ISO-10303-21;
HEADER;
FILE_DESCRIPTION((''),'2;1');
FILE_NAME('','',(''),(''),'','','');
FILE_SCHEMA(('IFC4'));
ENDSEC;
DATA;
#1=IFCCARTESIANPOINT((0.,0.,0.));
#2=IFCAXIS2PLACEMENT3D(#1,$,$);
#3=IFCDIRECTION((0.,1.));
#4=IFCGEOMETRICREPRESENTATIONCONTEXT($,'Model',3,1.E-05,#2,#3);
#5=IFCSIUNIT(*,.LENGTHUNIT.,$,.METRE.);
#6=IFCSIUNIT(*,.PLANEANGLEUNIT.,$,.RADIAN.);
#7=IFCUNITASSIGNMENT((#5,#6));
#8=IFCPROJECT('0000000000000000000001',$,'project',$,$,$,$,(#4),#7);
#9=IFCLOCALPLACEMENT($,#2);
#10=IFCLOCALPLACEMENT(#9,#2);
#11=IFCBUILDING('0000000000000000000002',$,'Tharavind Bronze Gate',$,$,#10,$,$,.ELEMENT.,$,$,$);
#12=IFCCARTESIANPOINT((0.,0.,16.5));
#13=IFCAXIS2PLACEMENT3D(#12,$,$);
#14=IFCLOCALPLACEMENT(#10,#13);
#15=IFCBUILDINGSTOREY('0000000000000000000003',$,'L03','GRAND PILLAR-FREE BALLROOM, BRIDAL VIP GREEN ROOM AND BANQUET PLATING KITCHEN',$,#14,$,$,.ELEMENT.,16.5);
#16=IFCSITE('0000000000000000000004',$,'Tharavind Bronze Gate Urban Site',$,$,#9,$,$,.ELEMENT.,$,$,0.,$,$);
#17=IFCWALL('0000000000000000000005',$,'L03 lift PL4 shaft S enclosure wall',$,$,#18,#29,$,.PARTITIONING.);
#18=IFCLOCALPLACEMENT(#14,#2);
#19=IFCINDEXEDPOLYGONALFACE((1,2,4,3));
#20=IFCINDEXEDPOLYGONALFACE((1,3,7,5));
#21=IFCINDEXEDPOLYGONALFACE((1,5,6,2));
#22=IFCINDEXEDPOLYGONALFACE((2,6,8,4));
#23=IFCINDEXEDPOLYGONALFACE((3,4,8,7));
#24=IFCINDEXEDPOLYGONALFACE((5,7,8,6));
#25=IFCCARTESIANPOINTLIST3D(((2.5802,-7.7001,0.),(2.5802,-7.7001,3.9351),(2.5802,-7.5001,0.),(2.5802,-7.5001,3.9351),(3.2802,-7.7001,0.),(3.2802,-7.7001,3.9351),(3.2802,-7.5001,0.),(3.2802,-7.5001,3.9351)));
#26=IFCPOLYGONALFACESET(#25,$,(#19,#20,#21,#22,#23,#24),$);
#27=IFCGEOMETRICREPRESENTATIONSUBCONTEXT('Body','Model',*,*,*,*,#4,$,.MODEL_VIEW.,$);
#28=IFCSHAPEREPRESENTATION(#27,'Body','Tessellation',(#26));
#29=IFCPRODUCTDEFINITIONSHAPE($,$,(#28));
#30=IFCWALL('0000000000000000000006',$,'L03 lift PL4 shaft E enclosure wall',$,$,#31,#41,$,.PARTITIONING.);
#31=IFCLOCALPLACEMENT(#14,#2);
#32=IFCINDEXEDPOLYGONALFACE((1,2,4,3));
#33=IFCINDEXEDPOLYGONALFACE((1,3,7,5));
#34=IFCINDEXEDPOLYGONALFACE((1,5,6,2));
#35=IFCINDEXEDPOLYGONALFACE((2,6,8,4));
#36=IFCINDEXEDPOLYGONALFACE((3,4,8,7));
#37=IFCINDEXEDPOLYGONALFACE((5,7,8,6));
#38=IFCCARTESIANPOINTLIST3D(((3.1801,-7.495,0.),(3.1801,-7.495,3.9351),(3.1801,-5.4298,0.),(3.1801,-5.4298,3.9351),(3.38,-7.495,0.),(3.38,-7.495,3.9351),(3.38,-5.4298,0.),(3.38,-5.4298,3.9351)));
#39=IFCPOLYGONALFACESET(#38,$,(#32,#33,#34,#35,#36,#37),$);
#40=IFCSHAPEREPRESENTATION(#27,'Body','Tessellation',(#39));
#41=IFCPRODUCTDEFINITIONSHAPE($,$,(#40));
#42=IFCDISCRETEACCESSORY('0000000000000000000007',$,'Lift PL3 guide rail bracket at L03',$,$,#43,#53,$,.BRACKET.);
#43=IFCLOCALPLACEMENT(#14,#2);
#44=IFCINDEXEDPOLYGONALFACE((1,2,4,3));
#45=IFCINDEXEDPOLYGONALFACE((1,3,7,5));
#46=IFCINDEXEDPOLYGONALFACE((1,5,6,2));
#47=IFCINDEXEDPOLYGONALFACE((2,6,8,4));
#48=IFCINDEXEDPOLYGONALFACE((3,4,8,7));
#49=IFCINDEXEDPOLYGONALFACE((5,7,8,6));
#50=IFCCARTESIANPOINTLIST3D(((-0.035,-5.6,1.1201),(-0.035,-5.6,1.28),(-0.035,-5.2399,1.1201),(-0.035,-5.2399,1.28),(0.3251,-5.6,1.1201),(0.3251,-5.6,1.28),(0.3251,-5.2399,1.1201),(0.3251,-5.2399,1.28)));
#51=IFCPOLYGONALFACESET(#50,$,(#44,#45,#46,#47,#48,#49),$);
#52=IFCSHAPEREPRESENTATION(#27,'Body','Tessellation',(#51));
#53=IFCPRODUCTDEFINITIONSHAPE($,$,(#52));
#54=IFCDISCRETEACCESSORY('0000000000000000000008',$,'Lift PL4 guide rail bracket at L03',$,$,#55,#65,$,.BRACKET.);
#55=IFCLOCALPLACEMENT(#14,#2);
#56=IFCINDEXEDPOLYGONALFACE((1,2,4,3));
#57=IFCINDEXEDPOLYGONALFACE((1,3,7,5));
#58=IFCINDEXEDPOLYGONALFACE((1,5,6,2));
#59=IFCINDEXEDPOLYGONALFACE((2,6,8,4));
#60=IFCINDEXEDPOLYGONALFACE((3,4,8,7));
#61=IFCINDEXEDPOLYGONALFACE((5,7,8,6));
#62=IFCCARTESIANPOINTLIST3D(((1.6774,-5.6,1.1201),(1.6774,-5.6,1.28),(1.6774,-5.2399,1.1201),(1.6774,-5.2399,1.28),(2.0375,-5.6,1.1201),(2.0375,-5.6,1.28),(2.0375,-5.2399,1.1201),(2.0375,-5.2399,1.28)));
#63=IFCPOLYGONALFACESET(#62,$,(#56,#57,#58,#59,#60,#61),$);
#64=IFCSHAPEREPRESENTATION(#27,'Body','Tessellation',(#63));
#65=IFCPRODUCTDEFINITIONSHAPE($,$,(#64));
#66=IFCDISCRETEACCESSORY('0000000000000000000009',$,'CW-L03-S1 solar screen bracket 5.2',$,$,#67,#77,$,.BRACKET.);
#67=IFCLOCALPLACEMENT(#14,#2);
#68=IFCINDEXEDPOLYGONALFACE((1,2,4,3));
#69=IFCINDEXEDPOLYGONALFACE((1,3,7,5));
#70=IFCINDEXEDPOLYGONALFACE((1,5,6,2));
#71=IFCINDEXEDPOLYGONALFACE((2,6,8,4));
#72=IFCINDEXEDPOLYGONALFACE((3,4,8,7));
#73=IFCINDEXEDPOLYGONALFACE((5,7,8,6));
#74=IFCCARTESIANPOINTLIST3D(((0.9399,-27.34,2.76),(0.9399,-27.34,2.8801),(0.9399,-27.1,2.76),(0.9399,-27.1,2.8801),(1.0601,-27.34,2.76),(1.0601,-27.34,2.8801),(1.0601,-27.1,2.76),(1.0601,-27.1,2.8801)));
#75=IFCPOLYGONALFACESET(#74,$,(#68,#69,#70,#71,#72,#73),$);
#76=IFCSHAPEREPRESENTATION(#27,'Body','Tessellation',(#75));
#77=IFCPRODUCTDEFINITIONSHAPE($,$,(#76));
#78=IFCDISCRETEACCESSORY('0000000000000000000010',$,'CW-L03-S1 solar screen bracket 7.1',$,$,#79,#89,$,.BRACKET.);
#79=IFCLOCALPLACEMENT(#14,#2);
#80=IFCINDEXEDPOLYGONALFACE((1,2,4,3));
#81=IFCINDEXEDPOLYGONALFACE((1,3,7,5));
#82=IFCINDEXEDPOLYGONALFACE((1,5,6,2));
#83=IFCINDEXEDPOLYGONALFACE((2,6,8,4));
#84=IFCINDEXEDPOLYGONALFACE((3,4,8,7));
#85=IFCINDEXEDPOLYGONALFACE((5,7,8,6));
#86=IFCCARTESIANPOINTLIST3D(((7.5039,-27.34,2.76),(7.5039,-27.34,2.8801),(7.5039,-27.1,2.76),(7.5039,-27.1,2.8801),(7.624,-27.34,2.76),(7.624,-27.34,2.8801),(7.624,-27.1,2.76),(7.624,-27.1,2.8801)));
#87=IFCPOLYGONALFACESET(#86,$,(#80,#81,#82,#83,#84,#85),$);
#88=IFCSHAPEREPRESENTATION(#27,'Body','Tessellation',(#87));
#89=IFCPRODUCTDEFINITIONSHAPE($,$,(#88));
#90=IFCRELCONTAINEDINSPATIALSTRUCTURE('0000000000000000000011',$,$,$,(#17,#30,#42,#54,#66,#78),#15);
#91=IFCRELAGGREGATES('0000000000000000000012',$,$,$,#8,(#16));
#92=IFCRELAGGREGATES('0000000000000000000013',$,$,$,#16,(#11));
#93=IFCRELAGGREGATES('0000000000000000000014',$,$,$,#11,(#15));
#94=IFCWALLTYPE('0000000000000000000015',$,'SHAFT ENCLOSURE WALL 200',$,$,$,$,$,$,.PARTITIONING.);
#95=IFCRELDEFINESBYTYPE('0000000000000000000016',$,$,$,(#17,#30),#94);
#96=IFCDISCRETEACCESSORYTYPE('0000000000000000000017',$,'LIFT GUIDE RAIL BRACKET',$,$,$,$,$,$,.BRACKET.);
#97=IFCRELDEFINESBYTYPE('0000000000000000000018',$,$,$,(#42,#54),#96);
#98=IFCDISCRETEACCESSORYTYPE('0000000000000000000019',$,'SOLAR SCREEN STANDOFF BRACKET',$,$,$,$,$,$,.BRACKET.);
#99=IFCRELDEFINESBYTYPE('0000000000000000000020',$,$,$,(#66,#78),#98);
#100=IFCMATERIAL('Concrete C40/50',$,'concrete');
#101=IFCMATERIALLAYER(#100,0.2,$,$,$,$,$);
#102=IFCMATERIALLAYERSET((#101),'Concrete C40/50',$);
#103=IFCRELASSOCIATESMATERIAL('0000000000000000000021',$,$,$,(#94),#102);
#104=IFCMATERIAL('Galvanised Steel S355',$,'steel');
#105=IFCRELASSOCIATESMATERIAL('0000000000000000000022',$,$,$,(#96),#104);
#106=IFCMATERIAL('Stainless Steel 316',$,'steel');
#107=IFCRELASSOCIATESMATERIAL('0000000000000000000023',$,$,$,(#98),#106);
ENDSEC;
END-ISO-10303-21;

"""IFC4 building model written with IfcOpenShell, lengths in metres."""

from ifc_helpers import new_model, si_unit, direction, frame, frame_2d, origin, origin_2d, place, context, subcontext, project, spatial, rectangle, extrude, material, layer, layer_set, type_object, element, save


model = new_model("IFC4")

# Units and contexts
model_context = context("Model", 3, precision=1e-05, world=origin(), true_north=direction((0.0, 1.0)))
body_context = subcontext(model_context, "Body", "Model", "MODEL_VIEW")
ifc_project = project(units=[si_unit("LENGTHUNIT", "METRE"), si_unit("PLANEANGLEUNIT", "RADIAN")], contexts=[model_context])

# Site, building, storey
site_placement = place(None, origin())
site = spatial("IfcSite", under=ifc_project, at=site_placement, Name="Tharavind Bronze Gate Urban Site", CompositionType="ELEMENT", RefElevation=0.0)
building_placement = place(site_placement, origin())
building = spatial("IfcBuilding", under=site, at=building_placement, Name="Tharavind Bronze Gate", CompositionType="ELEMENT")
storey_placement = place(building_placement, frame((0.0, 0.0, 16.5)))
storey = spatial("IfcBuildingStorey", under=building, at=storey_placement, Name="L03", Description="GRAND PILLAR-FREE BALLROOM, BRIDAL VIP GREEN ROOM AND BANQUET PLATING KITCHEN", CompositionType="ELEMENT", Elevation=16.5)

# Walls
ifc_material_1 = material(Name="Concrete C40/50", Category="concrete")
ifc_layer_1 = layer(ifc_material_1, 0.2)
ifc_layer_set_1 = layer_set([ifc_layer_1], Name="Concrete C40/50")
wall_type_1 = type_object("IfcWallType", Name="SHAFT ENCLOSURE WALL 200", PredefinedType="PARTITIONING", material=ifc_layer_set_1)
wall_1_placement = place(storey_placement, frame((2.5801, -7.6001, 0.0), z_axis=(0.0, 0.0, 1.0), x_axis=(1.0, 0.0, 0.0)))
element("IfcWall", 1, at=wall_1_placement, inside=storey, type_object=wall_type_1, Name="L03 lift PL4 shaft S enclosure wall", PredefinedType="PARTITIONING", context=body_context, shape_type="SweptSolid", body=[
    extrude(rectangle(XDim=0.7, YDim=0.2, at=frame_2d((0.3501, 0.0))), origin(), (0.0, 0.0, 1.0), 3.9351),
])
wall_2_placement = place(storey_placement, frame((3.28, -7.4951, 0.0), z_axis=(0.0, 0.0, 1.0), x_axis=(0.0, 1.0, 0.0)))
element("IfcWall", 2, at=wall_2_placement, inside=storey, type_object=wall_type_1, Name="L03 lift PL4 shaft E enclosure wall", PredefinedType="PARTITIONING", context=body_context, shape_type="SweptSolid", body=[
    extrude(rectangle(XDim=2.0652, YDim=0.2, at=frame_2d((1.0327, 0.0))), origin(), (0.0, 0.0, 1.0), 3.9351),
])

# Discrete accessories
ifc_material_2 = material(Name="Galvanised Steel S355", Category="steel")
discrete_accessory_type_1 = type_object("IfcDiscreteAccessoryType", Name="LIFT GUIDE RAIL BRACKET", PredefinedType="BRACKET", material=ifc_material_2)
for number, where, z_axis, x_axis, name in (
    (3, (0.145, -5.4199, 1.1201), (0.0, 0.0, 1.0), (1.0, 0.0, 0.0), "Lift PL3 guide rail bracket at L03"),
    (4, (1.8574, -5.4199, 1.1201), (0.0, 0.0, 1.0), (1.0, 0.0, 0.0), "Lift PL4 guide rail bracket at L03"),
):
    element("IfcDiscreteAccessory", number, at=place(storey_placement, frame(where, z_axis=z_axis, x_axis=x_axis)), inside=storey, type_object=discrete_accessory_type_1, Name=name, PredefinedType="BRACKET", context=body_context, shape_type="SweptSolid", body=[
        extrude(rectangle(XDim=0.3601, YDim=0.3601, at=origin_2d()), origin(), (0.0, 0.0, 1.0), 0.1599),
    ])
ifc_material_3 = material(Name="Stainless Steel 316", Category="steel")
discrete_accessory_type_2 = type_object("IfcDiscreteAccessoryType", Name="SOLAR SCREEN STANDOFF BRACKET", PredefinedType="BRACKET", material=ifc_material_3)
for number, where, z_axis, x_axis, name in (
    (5, (1.0, -27.22, 2.76), (0.0, 0.0, 1.0), (1.0, 0.0, 0.0), "CW-L03-S1 solar screen bracket 5.2"),
    (6, (7.564, -27.22, 2.76), (0.0, 0.0, 1.0), (1.0, 0.0, 0.0), "CW-L03-S1 solar screen bracket 7.1"),
):
    element("IfcDiscreteAccessory", number, at=place(storey_placement, frame(where, z_axis=z_axis, x_axis=x_axis)), inside=storey, type_object=discrete_accessory_type_2, Name=name, PredefinedType="BRACKET", context=body_context, shape_type="SweptSolid", body=[
        extrude(rectangle(XDim=0.1201, YDim=0.24, at=origin_2d()), origin(), (0.0, 0.0, 1.0), 0.1201),
    ])

save(model, "model.ifc")
